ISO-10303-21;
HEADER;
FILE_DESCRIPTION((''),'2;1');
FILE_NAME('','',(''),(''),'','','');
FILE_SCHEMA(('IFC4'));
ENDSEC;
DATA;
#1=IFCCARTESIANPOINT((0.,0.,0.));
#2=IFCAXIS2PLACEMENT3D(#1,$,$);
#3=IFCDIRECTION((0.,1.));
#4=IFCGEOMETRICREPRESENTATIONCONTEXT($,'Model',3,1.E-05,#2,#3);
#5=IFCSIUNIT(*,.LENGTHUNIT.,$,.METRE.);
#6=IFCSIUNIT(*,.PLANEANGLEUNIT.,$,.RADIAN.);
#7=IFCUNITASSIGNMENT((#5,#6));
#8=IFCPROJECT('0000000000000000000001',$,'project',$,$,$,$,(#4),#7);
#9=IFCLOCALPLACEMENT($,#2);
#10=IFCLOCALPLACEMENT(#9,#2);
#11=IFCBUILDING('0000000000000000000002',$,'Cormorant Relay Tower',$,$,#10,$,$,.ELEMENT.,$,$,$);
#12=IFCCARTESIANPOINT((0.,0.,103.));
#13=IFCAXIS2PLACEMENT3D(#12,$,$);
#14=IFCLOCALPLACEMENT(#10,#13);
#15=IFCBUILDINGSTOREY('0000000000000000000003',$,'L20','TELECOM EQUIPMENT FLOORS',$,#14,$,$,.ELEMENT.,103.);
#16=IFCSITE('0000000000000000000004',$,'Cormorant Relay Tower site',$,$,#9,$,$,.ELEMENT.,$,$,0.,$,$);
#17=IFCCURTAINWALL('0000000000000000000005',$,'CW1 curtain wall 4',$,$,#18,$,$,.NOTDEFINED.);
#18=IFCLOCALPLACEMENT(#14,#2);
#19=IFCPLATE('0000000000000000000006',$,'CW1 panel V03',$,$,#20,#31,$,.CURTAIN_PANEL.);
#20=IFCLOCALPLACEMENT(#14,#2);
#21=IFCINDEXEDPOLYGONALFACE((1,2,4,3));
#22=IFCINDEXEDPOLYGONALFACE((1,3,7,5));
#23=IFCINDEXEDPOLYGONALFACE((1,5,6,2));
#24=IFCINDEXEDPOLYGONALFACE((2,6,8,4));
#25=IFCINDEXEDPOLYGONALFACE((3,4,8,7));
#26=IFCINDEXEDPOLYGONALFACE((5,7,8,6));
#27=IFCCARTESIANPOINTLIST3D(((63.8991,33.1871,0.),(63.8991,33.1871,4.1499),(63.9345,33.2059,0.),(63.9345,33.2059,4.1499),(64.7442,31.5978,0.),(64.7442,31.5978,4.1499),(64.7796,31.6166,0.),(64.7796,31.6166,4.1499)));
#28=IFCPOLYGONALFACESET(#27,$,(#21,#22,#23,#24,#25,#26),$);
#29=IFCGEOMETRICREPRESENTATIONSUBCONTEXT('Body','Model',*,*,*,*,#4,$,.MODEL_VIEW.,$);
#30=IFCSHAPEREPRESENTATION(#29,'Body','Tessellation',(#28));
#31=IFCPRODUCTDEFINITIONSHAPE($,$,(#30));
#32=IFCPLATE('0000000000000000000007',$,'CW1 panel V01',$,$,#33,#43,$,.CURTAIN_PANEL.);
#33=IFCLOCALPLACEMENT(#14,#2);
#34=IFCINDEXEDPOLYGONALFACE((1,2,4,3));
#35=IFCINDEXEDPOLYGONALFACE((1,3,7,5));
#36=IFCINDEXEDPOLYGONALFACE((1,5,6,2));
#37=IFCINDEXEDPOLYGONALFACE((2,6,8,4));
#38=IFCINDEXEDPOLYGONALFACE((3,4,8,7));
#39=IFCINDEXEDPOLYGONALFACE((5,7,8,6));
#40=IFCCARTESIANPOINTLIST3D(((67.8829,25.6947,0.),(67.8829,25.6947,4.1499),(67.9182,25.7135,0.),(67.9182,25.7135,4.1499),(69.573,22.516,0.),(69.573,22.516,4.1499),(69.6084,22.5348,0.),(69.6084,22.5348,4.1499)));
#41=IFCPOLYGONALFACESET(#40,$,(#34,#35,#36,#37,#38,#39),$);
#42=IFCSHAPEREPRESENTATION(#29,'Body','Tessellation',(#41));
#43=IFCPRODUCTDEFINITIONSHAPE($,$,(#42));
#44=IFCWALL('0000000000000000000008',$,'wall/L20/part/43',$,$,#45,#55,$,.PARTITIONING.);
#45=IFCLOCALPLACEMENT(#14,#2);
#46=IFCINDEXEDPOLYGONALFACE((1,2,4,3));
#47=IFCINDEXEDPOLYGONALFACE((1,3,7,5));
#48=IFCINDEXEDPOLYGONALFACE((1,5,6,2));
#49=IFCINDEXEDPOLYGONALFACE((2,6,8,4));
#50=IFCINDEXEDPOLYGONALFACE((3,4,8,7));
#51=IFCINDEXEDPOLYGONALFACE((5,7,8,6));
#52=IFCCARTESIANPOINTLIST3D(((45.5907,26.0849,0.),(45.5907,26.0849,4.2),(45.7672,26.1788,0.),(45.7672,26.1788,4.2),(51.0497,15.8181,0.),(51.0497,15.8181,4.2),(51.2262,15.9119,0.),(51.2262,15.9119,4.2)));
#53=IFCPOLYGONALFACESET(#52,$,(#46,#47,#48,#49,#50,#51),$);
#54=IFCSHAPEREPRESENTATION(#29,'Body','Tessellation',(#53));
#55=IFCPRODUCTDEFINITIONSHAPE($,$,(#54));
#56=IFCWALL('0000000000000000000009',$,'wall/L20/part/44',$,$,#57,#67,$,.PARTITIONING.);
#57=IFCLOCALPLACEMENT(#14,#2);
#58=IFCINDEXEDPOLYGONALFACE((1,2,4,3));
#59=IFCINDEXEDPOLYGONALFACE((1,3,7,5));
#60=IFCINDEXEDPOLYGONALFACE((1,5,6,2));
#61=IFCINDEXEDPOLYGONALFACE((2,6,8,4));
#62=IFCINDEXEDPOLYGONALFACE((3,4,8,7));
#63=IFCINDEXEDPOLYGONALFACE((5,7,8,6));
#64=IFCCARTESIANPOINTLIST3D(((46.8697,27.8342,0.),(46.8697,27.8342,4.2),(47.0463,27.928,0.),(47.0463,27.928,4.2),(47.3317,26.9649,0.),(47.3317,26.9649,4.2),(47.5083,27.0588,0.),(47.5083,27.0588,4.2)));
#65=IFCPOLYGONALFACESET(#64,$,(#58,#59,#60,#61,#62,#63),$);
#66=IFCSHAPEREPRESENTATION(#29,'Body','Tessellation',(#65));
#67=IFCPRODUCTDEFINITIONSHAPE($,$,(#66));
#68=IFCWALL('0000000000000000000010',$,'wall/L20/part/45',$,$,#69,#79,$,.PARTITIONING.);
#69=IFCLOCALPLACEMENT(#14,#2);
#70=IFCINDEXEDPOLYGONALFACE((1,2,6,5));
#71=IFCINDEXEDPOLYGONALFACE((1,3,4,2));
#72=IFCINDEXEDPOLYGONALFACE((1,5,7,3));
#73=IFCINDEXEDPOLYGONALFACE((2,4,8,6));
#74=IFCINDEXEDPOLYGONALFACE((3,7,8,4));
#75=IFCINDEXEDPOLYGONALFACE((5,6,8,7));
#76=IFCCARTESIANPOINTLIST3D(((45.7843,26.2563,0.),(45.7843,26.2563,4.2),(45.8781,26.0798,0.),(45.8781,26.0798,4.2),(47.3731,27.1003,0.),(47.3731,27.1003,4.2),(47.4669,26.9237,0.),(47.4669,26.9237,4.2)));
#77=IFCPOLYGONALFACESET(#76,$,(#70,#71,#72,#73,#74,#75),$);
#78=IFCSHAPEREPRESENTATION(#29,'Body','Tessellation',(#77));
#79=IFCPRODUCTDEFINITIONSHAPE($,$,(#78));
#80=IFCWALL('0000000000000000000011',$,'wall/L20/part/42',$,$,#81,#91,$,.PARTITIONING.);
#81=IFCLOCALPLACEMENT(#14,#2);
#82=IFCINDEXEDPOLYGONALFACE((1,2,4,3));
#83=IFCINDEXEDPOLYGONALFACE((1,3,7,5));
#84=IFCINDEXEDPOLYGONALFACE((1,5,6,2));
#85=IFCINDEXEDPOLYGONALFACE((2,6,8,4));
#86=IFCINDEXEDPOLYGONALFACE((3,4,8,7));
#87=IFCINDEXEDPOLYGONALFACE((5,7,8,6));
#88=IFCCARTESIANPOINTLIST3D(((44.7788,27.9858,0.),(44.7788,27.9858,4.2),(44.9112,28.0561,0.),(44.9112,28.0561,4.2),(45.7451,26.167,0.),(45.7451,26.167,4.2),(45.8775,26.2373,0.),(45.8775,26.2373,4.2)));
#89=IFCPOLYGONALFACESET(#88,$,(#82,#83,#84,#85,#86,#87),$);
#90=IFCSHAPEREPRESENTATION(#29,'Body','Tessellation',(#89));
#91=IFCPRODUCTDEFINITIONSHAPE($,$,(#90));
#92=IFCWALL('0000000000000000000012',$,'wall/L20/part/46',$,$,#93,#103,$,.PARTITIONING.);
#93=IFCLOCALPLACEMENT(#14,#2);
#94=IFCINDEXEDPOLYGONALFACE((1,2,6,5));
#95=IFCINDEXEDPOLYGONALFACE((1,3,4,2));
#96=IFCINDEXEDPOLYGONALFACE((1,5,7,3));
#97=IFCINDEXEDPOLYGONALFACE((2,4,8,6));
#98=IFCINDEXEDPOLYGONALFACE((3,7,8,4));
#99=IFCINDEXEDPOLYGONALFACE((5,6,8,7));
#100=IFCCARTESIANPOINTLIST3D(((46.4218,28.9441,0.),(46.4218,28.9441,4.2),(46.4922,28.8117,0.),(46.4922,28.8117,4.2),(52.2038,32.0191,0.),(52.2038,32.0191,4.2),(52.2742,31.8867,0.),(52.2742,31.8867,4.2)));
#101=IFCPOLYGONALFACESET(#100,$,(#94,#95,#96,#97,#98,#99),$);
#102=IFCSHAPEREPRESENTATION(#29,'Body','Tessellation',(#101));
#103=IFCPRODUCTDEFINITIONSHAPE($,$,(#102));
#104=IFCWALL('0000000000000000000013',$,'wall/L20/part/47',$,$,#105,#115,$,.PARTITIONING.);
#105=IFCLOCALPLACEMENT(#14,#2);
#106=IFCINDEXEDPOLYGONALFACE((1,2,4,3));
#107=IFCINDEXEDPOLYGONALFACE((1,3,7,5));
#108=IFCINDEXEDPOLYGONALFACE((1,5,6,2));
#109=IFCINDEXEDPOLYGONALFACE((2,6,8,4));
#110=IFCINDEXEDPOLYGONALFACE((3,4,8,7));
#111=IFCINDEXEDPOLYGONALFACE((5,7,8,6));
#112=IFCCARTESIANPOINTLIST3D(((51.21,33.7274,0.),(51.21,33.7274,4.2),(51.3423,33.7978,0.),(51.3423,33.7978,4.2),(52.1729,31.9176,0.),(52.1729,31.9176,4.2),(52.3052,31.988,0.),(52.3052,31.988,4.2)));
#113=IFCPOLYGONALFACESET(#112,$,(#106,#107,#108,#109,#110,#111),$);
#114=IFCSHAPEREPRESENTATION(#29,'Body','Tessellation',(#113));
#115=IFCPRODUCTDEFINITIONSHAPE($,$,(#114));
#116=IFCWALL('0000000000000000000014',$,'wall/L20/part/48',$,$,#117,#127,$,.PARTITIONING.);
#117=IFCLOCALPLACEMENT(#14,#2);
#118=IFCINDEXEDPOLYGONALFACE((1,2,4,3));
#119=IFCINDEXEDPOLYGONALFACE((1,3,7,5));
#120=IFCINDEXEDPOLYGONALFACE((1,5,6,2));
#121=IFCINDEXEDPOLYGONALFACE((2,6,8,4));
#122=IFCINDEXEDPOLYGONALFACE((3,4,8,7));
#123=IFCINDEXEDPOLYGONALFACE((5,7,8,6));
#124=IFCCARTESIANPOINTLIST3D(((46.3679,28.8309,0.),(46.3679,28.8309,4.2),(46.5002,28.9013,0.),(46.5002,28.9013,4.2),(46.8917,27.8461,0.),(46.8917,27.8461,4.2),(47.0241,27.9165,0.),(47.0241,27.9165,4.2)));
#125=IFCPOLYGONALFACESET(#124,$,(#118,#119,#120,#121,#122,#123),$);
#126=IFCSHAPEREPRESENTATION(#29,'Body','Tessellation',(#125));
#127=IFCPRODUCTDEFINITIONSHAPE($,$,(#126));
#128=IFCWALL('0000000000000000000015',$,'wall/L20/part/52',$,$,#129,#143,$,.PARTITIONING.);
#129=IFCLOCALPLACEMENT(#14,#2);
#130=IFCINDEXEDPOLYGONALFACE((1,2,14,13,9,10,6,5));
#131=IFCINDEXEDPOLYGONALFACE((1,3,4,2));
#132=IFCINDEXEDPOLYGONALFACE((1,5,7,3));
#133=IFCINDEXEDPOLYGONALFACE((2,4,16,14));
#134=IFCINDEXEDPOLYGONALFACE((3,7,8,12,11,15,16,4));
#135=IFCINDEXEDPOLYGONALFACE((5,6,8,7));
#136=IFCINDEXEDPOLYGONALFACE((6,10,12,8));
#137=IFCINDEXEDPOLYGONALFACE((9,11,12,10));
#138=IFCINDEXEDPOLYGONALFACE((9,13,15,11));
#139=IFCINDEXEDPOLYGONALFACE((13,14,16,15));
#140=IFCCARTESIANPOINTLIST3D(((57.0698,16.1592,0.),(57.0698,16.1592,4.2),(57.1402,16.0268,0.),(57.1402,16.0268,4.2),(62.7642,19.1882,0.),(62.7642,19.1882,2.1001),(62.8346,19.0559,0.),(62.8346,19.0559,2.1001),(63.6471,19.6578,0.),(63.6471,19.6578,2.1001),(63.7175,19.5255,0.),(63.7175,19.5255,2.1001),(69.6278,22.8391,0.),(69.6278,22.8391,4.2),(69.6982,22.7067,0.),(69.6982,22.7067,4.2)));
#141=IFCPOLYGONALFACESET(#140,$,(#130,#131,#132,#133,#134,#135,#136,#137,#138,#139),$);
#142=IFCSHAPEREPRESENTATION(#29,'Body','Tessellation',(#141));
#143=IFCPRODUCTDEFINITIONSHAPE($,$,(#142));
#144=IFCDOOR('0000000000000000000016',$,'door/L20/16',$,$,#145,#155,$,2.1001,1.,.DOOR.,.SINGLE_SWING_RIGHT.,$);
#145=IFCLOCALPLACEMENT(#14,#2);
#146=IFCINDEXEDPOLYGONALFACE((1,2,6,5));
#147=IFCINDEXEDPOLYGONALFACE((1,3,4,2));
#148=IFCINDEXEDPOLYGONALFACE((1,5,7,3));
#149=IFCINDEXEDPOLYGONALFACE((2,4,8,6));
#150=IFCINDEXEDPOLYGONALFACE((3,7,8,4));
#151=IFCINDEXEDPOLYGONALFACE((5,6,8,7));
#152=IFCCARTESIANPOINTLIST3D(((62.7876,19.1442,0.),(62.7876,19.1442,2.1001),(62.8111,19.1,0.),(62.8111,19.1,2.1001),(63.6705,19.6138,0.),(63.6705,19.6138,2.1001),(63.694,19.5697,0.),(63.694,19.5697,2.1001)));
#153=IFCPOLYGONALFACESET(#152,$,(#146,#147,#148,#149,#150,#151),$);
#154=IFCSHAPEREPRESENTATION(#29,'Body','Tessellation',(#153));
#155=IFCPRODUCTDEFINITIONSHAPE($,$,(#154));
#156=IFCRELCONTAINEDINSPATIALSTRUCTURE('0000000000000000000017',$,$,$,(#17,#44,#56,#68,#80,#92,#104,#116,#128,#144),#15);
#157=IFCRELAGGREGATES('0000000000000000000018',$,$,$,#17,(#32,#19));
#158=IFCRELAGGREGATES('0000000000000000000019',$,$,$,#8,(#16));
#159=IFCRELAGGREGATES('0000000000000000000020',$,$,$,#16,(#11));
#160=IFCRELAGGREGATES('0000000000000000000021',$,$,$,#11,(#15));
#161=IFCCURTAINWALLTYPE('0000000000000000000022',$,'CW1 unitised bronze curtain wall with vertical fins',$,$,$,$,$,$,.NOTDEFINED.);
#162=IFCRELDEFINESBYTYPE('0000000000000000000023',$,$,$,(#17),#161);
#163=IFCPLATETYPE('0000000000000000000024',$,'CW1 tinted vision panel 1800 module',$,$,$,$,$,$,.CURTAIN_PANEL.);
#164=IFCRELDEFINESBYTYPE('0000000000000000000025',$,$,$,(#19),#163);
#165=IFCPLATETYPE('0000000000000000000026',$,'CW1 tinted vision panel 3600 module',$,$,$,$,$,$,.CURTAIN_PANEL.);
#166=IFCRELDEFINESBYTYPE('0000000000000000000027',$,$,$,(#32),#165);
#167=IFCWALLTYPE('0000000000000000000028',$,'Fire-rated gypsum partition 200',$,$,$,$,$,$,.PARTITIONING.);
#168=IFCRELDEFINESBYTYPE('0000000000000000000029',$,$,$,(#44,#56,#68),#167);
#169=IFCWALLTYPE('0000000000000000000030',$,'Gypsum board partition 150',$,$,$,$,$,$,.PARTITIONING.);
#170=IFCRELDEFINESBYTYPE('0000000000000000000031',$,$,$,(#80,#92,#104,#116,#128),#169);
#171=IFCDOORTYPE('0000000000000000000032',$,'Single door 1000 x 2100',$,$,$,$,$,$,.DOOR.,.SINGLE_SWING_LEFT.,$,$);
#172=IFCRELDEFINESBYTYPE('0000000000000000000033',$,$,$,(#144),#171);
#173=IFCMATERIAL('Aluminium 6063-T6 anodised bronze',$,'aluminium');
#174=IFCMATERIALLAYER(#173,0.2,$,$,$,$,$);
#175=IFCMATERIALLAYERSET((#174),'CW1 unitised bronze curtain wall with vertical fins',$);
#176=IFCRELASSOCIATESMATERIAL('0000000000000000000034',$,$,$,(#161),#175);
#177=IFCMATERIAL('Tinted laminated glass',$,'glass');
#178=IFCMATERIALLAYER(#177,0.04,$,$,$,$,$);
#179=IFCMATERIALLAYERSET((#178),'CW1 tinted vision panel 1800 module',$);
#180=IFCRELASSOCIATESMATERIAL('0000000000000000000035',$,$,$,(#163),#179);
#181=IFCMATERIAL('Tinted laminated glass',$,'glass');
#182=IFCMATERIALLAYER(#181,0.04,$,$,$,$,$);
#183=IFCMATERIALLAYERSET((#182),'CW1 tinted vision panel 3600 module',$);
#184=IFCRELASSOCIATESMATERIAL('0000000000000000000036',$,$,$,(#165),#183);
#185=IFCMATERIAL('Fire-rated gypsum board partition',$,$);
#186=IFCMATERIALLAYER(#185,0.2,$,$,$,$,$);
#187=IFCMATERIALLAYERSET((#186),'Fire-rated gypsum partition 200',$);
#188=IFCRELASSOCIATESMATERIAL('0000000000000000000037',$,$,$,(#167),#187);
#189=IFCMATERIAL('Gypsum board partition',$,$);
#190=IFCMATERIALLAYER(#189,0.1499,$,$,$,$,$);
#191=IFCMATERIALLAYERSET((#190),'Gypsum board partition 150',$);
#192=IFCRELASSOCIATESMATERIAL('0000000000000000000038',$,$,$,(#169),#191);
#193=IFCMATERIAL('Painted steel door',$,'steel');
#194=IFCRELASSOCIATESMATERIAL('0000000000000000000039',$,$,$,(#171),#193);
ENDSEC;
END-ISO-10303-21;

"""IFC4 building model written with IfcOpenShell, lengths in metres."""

from ifc_helpers import new_model, si_unit, direction, frame, frame_2d, origin, origin_2d, place, context, subcontext, project, spatial, rectangle, extrude, material, layer, layer_set, type_object, element, fill, aggregate, save


model = new_model("IFC4")

# Units and contexts
model_context = context("Model", 3, precision=1e-05, world=origin(), true_north=direction((0.0, 1.0)))
body_context = subcontext(model_context, "Body", "Model", "MODEL_VIEW")
ifc_project = project(units=[si_unit("LENGTHUNIT", "METRE"), si_unit("PLANEANGLEUNIT", "RADIAN")], contexts=[model_context])

# Site, building, storey
site_placement = place(None, origin())
site = spatial("IfcSite", under=ifc_project, at=site_placement, Name="Cormorant Relay Tower site", CompositionType="ELEMENT", RefElevation=0.0)
building_placement = place(site_placement, origin())
building = spatial("IfcBuilding", under=site, at=building_placement, Name="Cormorant Relay Tower", CompositionType="ELEMENT")
storey_placement = place(building_placement, frame((0.0, 0.0, 103.0)))
storey = spatial("IfcBuildingStorey", under=building, at=storey_placement, Name="L20", Description="TELECOM EQUIPMENT FLOORS", CompositionType="ELEMENT", Elevation=103.0)

# Curtain wall
ifc_material_1 = material(Name="Aluminium 6063-T6 anodised bronze", Category="aluminium")
ifc_layer_1 = layer(ifc_material_1, 0.2)
ifc_layer_set_1 = layer_set([ifc_layer_1], Name="CW1 unitised bronze curtain wall with vertical fins")
curtain_wall_type = type_object("IfcCurtainWallType", Name="CW1 unitised bronze curtain wall with vertical fins", PredefinedType="NOTDEFINED", material=ifc_layer_set_1)
curtain_wall_1_placement = place(storey_placement, origin())
curtain_wall_1 = element("IfcCurtainWall", 1, at=curtain_wall_1_placement, inside=storey, type_object=curtain_wall_type, Name="CW1 curtain wall 4", PredefinedType="NOTDEFINED")

# Shared definitions
ifc_material_2 = material(Name="Tinted laminated glass", Category="glass")
ifc_layer_2 = layer(ifc_material_2, 0.04)
ifc_layer_set_2 = layer_set([ifc_layer_2], Name="CW1 tinted vision panel 1800 module")
plate_type_1 = type_object("IfcPlateType", Name="CW1 tinted vision panel 1800 module", PredefinedType="CURTAIN_PANEL", material=ifc_layer_set_2)

# Plates
plate_1_placement = place(storey_placement, frame((64.3394, 32.4019, 0.0), z_axis=(0.0, 0.0, 1.0), x_axis=(-0.469472, 0.882948, 0.0)))
plate_1 = element("IfcPlate", 2, at=plate_1_placement, type_object=plate_type_1, Name="CW1 panel V03", PredefinedType="CURTAIN_PANEL", context=body_context, shape_type="SweptSolid", body=[
    extrude(rectangle(XDim=1.8, YDim=0.04, at=origin_2d()), origin(), (0.0, 0.0, 1.0), 4.1499),
])
ifc_material_3 = material(Name="Tinted laminated glass", Category="glass")
ifc_layer_3 = layer(ifc_material_3, 0.04)
ifc_layer_set_3 = layer_set([ifc_layer_3], Name="CW1 tinted vision panel 3600 module")
plate_type_2 = type_object("IfcPlateType", Name="CW1 tinted vision panel 3600 module", PredefinedType="CURTAIN_PANEL", material=ifc_layer_set_3)
plate_2_placement = place(storey_placement, frame((68.7456, 24.1147, 0.0), z_axis=(0.0, 0.0, 1.0), x_axis=(-0.469472, 0.882948, 0.0)))
plate_2 = element("IfcPlate", 3, at=plate_2_placement, type_object=plate_type_2, Name="CW1 panel V01", PredefinedType="CURTAIN_PANEL", context=body_context, shape_type="SweptSolid", body=[
    extrude(rectangle(XDim=3.6001, YDim=0.04, at=origin_2d()), origin(), (0.0, 0.0, 1.0), 4.1499),
])

# Walls
ifc_material_4 = material(Name="Fire-rated gypsum board partition")
ifc_layer_4 = layer(ifc_material_4, 0.2)
ifc_layer_set_4 = layer_set([ifc_layer_4], Name="Fire-rated gypsum partition 200")
wall_type_1 = type_object("IfcWallType", Name="Fire-rated gypsum partition 200", PredefinedType="PARTITIONING", material=ifc_layer_set_4)
wall_1_placement = place(storey_placement, frame((45.679, 26.1318, 0.0), z_axis=(0.0, 0.0, 1.0), x_axis=(0.469472, -0.882947, 0.0)))
element("IfcWall", 4, at=wall_1_placement, inside=storey, type_object=wall_type_1, Name="wall/L20/part/43", PredefinedType="PARTITIONING", context=body_context, shape_type="SweptSolid", body=[
    extrude(rectangle(XDim=11.6279, YDim=0.2, at=frame_2d((5.814, 0.0))), origin(), (0.0, 0.0, 1.0), 4.2),
])
wall_2_placement = place(storey_placement, frame((46.958, 27.8811, 0.0), z_axis=(0.0, 0.0, 1.0), x_axis=(0.4693, -0.883039, 0.0)))
element("IfcWall", 5, at=wall_2_placement, inside=storey, type_object=wall_type_1, Name="wall/L20/part/44", PredefinedType="PARTITIONING", context=body_context, shape_type="SweptSolid", body=[
    extrude(rectangle(XDim=0.9844, YDim=0.2, at=frame_2d((0.4922, 0.0))), origin(), (0.0, 0.0, 1.0), 4.2),
])
wall_3_placement = place(storey_placement, frame((47.4199, 27.012, 0.0), z_axis=(0.0, 0.0, 1.0), x_axis=(-0.883137, -0.469116, 0.0)))
element("IfcWall", 6, at=wall_3_placement, inside=storey, type_object=wall_type_1, Name="wall/L20/part/45", PredefinedType="PARTITIONING", context=body_context, shape_type="SweptSolid", body=[
    extrude(rectangle(XDim=1.7991, YDim=0.2, at=frame_2d((0.8994, 0.0))), origin(), (0.0, 0.0, 1.0), 4.2),
])
ifc_material_5 = material(Name="Gypsum board partition")
ifc_layer_5 = layer(ifc_material_5, 0.1499)
ifc_layer_set_5 = layer_set([ifc_layer_5], Name="Gypsum board partition 150")
wall_type_2 = type_object("IfcWallType", Name="Gypsum board partition 150", PredefinedType="PARTITIONING", material=ifc_layer_set_5)
wall_4_placement = place(storey_placement, frame((45.8113, 26.2021, 0.0), z_axis=(0.0, 0.0, 1.0), x_axis=(-0.469173, 0.883107, 0.0)))
element("IfcWall", 7, at=wall_4_placement, inside=storey, type_object=wall_type_2, Name="wall/L20/part/42", PredefinedType="PARTITIONING", context=body_context, shape_type="SweptSolid", body=[
    extrude(rectangle(XDim=2.0596, YDim=0.1499, at=frame_2d((1.0298, 0.0))), origin(), (0.0, 0.0, 1.0), 4.2),
])
wall_5_placement = place(storey_placement, frame((52.239, 31.9529, 0.0), z_axis=(0.0, 0.0, 1.0), x_axis=(-0.882909, -0.469545, 0.0)))
element("IfcWall", 8, at=wall_5_placement, inside=storey, type_object=wall_type_2, Name="wall/L20/part/46", PredefinedType="PARTITIONING", context=body_context, shape_type="SweptSolid", body=[
    extrude(rectangle(XDim=6.5488, YDim=0.1499, at=frame_2d((3.2744, 0.0))), origin(), (0.0, 0.0, 1.0), 4.2),
])
wall_6_placement = place(storey_placement, frame((52.239, 31.9529, 0.0), z_axis=(0.0, 0.0, 1.0), x_axis=(-0.469698, 0.882827, 0.0)))
element("IfcWall", 9, at=wall_6_placement, inside=storey, type_object=wall_type_2, Name="wall/L20/part/47", PredefinedType="PARTITIONING", context=body_context, shape_type="SweptSolid", body=[
    extrude(rectangle(XDim=2.05, YDim=0.1499, at=frame_2d((1.0249, 0.0))), origin(), (0.0, 0.0, 1.0), 4.2),
])
wall_7_placement = place(storey_placement, frame((46.4341, 28.866, 0.0), z_axis=(0.0, 0.0, 1.0), x_axis=(0.469657, -0.882849, 0.0)))
element("IfcWall", 10, at=wall_7_placement, inside=storey, type_object=wall_type_2, Name="wall/L20/part/48", PredefinedType="PARTITIONING", context=body_context, shape_type="SweptSolid", body=[
    extrude(rectangle(XDim=1.1155, YDim=0.1499, at=frame_2d((0.5576, 0.0))), origin(), (0.0, 0.0, 1.0), 4.2),
])

# Wall, opening, door
wall_8_placement = place(storey_placement, frame((57.105, 16.093, 0.0), z_axis=(0.0, 0.0, 1.0), x_axis=(0.88287, 0.469618, 0.0)))
wall_8 = element("IfcWall", 11, at=wall_8_placement, inside=storey, type_object=wall_type_2, Name="wall/L20/part/52", PredefinedType="PARTITIONING", context=body_context, shape_type="SweptSolid", body=[
    extrude(rectangle(XDim=14.2241, YDim=0.1499, at=frame_2d((7.1121, 0.0))), origin(), (0.0, 0.0, 1.0), 4.2),
])
opening_placement = place(wall_8_placement, frame((6.45, 0.0, 0.0)))
opening = element("IfcOpeningElement", 12, at=opening_placement, cuts=wall_8, PredefinedType="OPENING", context=body_context, shape_type="SweptSolid", body=[
    extrude(rectangle(XDim=1.0, YDim=2.1001, at=frame_2d((0.5, 1.05))), frame((0.0, 0.085, 0.0), z_axis=(0.0, -1.0, 0.0), x_axis=(1.0, 0.0, 0.0)), (0.0, 0.0, 1.0), 0.1699),
])
ifc_material_6 = material(Name="Painted steel door", Category="steel")
door_type = type_object("IfcDoorType", Name="Single door 1000 x 2100", OperationType="SINGLE_SWING_LEFT", PredefinedType="DOOR", material=ifc_material_6)
door_placement = place(opening_placement, frame((1.0, 0.0, 0.0), z_axis=(0.0, 0.0, 1.0), x_axis=(-1.0, 0.0, 0.0)))
door = element("IfcDoor", 13, at=door_placement, inside=storey, type_object=door_type, Name="door/L20/16", OperationType="SINGLE_SWING_RIGHT", OverallHeight=2.1001, OverallWidth=1.0, PredefinedType="DOOR", context=body_context, shape_type="SweptSolid", body=[
    extrude(rectangle(XDim=1.0, YDim=2.1001, at=frame_2d((0.5, 1.05))), frame((0.0, 0.0249, 0.0), z_axis=(0.0, -1.0, 0.0), x_axis=(1.0, 0.0, 0.0)), (0.0, 0.0, 1.0), 0.05),
])
fill(opening, door)

aggregate(curtain_wall_1, [plate_2, plate_1])

save(model, "model.ifc")
